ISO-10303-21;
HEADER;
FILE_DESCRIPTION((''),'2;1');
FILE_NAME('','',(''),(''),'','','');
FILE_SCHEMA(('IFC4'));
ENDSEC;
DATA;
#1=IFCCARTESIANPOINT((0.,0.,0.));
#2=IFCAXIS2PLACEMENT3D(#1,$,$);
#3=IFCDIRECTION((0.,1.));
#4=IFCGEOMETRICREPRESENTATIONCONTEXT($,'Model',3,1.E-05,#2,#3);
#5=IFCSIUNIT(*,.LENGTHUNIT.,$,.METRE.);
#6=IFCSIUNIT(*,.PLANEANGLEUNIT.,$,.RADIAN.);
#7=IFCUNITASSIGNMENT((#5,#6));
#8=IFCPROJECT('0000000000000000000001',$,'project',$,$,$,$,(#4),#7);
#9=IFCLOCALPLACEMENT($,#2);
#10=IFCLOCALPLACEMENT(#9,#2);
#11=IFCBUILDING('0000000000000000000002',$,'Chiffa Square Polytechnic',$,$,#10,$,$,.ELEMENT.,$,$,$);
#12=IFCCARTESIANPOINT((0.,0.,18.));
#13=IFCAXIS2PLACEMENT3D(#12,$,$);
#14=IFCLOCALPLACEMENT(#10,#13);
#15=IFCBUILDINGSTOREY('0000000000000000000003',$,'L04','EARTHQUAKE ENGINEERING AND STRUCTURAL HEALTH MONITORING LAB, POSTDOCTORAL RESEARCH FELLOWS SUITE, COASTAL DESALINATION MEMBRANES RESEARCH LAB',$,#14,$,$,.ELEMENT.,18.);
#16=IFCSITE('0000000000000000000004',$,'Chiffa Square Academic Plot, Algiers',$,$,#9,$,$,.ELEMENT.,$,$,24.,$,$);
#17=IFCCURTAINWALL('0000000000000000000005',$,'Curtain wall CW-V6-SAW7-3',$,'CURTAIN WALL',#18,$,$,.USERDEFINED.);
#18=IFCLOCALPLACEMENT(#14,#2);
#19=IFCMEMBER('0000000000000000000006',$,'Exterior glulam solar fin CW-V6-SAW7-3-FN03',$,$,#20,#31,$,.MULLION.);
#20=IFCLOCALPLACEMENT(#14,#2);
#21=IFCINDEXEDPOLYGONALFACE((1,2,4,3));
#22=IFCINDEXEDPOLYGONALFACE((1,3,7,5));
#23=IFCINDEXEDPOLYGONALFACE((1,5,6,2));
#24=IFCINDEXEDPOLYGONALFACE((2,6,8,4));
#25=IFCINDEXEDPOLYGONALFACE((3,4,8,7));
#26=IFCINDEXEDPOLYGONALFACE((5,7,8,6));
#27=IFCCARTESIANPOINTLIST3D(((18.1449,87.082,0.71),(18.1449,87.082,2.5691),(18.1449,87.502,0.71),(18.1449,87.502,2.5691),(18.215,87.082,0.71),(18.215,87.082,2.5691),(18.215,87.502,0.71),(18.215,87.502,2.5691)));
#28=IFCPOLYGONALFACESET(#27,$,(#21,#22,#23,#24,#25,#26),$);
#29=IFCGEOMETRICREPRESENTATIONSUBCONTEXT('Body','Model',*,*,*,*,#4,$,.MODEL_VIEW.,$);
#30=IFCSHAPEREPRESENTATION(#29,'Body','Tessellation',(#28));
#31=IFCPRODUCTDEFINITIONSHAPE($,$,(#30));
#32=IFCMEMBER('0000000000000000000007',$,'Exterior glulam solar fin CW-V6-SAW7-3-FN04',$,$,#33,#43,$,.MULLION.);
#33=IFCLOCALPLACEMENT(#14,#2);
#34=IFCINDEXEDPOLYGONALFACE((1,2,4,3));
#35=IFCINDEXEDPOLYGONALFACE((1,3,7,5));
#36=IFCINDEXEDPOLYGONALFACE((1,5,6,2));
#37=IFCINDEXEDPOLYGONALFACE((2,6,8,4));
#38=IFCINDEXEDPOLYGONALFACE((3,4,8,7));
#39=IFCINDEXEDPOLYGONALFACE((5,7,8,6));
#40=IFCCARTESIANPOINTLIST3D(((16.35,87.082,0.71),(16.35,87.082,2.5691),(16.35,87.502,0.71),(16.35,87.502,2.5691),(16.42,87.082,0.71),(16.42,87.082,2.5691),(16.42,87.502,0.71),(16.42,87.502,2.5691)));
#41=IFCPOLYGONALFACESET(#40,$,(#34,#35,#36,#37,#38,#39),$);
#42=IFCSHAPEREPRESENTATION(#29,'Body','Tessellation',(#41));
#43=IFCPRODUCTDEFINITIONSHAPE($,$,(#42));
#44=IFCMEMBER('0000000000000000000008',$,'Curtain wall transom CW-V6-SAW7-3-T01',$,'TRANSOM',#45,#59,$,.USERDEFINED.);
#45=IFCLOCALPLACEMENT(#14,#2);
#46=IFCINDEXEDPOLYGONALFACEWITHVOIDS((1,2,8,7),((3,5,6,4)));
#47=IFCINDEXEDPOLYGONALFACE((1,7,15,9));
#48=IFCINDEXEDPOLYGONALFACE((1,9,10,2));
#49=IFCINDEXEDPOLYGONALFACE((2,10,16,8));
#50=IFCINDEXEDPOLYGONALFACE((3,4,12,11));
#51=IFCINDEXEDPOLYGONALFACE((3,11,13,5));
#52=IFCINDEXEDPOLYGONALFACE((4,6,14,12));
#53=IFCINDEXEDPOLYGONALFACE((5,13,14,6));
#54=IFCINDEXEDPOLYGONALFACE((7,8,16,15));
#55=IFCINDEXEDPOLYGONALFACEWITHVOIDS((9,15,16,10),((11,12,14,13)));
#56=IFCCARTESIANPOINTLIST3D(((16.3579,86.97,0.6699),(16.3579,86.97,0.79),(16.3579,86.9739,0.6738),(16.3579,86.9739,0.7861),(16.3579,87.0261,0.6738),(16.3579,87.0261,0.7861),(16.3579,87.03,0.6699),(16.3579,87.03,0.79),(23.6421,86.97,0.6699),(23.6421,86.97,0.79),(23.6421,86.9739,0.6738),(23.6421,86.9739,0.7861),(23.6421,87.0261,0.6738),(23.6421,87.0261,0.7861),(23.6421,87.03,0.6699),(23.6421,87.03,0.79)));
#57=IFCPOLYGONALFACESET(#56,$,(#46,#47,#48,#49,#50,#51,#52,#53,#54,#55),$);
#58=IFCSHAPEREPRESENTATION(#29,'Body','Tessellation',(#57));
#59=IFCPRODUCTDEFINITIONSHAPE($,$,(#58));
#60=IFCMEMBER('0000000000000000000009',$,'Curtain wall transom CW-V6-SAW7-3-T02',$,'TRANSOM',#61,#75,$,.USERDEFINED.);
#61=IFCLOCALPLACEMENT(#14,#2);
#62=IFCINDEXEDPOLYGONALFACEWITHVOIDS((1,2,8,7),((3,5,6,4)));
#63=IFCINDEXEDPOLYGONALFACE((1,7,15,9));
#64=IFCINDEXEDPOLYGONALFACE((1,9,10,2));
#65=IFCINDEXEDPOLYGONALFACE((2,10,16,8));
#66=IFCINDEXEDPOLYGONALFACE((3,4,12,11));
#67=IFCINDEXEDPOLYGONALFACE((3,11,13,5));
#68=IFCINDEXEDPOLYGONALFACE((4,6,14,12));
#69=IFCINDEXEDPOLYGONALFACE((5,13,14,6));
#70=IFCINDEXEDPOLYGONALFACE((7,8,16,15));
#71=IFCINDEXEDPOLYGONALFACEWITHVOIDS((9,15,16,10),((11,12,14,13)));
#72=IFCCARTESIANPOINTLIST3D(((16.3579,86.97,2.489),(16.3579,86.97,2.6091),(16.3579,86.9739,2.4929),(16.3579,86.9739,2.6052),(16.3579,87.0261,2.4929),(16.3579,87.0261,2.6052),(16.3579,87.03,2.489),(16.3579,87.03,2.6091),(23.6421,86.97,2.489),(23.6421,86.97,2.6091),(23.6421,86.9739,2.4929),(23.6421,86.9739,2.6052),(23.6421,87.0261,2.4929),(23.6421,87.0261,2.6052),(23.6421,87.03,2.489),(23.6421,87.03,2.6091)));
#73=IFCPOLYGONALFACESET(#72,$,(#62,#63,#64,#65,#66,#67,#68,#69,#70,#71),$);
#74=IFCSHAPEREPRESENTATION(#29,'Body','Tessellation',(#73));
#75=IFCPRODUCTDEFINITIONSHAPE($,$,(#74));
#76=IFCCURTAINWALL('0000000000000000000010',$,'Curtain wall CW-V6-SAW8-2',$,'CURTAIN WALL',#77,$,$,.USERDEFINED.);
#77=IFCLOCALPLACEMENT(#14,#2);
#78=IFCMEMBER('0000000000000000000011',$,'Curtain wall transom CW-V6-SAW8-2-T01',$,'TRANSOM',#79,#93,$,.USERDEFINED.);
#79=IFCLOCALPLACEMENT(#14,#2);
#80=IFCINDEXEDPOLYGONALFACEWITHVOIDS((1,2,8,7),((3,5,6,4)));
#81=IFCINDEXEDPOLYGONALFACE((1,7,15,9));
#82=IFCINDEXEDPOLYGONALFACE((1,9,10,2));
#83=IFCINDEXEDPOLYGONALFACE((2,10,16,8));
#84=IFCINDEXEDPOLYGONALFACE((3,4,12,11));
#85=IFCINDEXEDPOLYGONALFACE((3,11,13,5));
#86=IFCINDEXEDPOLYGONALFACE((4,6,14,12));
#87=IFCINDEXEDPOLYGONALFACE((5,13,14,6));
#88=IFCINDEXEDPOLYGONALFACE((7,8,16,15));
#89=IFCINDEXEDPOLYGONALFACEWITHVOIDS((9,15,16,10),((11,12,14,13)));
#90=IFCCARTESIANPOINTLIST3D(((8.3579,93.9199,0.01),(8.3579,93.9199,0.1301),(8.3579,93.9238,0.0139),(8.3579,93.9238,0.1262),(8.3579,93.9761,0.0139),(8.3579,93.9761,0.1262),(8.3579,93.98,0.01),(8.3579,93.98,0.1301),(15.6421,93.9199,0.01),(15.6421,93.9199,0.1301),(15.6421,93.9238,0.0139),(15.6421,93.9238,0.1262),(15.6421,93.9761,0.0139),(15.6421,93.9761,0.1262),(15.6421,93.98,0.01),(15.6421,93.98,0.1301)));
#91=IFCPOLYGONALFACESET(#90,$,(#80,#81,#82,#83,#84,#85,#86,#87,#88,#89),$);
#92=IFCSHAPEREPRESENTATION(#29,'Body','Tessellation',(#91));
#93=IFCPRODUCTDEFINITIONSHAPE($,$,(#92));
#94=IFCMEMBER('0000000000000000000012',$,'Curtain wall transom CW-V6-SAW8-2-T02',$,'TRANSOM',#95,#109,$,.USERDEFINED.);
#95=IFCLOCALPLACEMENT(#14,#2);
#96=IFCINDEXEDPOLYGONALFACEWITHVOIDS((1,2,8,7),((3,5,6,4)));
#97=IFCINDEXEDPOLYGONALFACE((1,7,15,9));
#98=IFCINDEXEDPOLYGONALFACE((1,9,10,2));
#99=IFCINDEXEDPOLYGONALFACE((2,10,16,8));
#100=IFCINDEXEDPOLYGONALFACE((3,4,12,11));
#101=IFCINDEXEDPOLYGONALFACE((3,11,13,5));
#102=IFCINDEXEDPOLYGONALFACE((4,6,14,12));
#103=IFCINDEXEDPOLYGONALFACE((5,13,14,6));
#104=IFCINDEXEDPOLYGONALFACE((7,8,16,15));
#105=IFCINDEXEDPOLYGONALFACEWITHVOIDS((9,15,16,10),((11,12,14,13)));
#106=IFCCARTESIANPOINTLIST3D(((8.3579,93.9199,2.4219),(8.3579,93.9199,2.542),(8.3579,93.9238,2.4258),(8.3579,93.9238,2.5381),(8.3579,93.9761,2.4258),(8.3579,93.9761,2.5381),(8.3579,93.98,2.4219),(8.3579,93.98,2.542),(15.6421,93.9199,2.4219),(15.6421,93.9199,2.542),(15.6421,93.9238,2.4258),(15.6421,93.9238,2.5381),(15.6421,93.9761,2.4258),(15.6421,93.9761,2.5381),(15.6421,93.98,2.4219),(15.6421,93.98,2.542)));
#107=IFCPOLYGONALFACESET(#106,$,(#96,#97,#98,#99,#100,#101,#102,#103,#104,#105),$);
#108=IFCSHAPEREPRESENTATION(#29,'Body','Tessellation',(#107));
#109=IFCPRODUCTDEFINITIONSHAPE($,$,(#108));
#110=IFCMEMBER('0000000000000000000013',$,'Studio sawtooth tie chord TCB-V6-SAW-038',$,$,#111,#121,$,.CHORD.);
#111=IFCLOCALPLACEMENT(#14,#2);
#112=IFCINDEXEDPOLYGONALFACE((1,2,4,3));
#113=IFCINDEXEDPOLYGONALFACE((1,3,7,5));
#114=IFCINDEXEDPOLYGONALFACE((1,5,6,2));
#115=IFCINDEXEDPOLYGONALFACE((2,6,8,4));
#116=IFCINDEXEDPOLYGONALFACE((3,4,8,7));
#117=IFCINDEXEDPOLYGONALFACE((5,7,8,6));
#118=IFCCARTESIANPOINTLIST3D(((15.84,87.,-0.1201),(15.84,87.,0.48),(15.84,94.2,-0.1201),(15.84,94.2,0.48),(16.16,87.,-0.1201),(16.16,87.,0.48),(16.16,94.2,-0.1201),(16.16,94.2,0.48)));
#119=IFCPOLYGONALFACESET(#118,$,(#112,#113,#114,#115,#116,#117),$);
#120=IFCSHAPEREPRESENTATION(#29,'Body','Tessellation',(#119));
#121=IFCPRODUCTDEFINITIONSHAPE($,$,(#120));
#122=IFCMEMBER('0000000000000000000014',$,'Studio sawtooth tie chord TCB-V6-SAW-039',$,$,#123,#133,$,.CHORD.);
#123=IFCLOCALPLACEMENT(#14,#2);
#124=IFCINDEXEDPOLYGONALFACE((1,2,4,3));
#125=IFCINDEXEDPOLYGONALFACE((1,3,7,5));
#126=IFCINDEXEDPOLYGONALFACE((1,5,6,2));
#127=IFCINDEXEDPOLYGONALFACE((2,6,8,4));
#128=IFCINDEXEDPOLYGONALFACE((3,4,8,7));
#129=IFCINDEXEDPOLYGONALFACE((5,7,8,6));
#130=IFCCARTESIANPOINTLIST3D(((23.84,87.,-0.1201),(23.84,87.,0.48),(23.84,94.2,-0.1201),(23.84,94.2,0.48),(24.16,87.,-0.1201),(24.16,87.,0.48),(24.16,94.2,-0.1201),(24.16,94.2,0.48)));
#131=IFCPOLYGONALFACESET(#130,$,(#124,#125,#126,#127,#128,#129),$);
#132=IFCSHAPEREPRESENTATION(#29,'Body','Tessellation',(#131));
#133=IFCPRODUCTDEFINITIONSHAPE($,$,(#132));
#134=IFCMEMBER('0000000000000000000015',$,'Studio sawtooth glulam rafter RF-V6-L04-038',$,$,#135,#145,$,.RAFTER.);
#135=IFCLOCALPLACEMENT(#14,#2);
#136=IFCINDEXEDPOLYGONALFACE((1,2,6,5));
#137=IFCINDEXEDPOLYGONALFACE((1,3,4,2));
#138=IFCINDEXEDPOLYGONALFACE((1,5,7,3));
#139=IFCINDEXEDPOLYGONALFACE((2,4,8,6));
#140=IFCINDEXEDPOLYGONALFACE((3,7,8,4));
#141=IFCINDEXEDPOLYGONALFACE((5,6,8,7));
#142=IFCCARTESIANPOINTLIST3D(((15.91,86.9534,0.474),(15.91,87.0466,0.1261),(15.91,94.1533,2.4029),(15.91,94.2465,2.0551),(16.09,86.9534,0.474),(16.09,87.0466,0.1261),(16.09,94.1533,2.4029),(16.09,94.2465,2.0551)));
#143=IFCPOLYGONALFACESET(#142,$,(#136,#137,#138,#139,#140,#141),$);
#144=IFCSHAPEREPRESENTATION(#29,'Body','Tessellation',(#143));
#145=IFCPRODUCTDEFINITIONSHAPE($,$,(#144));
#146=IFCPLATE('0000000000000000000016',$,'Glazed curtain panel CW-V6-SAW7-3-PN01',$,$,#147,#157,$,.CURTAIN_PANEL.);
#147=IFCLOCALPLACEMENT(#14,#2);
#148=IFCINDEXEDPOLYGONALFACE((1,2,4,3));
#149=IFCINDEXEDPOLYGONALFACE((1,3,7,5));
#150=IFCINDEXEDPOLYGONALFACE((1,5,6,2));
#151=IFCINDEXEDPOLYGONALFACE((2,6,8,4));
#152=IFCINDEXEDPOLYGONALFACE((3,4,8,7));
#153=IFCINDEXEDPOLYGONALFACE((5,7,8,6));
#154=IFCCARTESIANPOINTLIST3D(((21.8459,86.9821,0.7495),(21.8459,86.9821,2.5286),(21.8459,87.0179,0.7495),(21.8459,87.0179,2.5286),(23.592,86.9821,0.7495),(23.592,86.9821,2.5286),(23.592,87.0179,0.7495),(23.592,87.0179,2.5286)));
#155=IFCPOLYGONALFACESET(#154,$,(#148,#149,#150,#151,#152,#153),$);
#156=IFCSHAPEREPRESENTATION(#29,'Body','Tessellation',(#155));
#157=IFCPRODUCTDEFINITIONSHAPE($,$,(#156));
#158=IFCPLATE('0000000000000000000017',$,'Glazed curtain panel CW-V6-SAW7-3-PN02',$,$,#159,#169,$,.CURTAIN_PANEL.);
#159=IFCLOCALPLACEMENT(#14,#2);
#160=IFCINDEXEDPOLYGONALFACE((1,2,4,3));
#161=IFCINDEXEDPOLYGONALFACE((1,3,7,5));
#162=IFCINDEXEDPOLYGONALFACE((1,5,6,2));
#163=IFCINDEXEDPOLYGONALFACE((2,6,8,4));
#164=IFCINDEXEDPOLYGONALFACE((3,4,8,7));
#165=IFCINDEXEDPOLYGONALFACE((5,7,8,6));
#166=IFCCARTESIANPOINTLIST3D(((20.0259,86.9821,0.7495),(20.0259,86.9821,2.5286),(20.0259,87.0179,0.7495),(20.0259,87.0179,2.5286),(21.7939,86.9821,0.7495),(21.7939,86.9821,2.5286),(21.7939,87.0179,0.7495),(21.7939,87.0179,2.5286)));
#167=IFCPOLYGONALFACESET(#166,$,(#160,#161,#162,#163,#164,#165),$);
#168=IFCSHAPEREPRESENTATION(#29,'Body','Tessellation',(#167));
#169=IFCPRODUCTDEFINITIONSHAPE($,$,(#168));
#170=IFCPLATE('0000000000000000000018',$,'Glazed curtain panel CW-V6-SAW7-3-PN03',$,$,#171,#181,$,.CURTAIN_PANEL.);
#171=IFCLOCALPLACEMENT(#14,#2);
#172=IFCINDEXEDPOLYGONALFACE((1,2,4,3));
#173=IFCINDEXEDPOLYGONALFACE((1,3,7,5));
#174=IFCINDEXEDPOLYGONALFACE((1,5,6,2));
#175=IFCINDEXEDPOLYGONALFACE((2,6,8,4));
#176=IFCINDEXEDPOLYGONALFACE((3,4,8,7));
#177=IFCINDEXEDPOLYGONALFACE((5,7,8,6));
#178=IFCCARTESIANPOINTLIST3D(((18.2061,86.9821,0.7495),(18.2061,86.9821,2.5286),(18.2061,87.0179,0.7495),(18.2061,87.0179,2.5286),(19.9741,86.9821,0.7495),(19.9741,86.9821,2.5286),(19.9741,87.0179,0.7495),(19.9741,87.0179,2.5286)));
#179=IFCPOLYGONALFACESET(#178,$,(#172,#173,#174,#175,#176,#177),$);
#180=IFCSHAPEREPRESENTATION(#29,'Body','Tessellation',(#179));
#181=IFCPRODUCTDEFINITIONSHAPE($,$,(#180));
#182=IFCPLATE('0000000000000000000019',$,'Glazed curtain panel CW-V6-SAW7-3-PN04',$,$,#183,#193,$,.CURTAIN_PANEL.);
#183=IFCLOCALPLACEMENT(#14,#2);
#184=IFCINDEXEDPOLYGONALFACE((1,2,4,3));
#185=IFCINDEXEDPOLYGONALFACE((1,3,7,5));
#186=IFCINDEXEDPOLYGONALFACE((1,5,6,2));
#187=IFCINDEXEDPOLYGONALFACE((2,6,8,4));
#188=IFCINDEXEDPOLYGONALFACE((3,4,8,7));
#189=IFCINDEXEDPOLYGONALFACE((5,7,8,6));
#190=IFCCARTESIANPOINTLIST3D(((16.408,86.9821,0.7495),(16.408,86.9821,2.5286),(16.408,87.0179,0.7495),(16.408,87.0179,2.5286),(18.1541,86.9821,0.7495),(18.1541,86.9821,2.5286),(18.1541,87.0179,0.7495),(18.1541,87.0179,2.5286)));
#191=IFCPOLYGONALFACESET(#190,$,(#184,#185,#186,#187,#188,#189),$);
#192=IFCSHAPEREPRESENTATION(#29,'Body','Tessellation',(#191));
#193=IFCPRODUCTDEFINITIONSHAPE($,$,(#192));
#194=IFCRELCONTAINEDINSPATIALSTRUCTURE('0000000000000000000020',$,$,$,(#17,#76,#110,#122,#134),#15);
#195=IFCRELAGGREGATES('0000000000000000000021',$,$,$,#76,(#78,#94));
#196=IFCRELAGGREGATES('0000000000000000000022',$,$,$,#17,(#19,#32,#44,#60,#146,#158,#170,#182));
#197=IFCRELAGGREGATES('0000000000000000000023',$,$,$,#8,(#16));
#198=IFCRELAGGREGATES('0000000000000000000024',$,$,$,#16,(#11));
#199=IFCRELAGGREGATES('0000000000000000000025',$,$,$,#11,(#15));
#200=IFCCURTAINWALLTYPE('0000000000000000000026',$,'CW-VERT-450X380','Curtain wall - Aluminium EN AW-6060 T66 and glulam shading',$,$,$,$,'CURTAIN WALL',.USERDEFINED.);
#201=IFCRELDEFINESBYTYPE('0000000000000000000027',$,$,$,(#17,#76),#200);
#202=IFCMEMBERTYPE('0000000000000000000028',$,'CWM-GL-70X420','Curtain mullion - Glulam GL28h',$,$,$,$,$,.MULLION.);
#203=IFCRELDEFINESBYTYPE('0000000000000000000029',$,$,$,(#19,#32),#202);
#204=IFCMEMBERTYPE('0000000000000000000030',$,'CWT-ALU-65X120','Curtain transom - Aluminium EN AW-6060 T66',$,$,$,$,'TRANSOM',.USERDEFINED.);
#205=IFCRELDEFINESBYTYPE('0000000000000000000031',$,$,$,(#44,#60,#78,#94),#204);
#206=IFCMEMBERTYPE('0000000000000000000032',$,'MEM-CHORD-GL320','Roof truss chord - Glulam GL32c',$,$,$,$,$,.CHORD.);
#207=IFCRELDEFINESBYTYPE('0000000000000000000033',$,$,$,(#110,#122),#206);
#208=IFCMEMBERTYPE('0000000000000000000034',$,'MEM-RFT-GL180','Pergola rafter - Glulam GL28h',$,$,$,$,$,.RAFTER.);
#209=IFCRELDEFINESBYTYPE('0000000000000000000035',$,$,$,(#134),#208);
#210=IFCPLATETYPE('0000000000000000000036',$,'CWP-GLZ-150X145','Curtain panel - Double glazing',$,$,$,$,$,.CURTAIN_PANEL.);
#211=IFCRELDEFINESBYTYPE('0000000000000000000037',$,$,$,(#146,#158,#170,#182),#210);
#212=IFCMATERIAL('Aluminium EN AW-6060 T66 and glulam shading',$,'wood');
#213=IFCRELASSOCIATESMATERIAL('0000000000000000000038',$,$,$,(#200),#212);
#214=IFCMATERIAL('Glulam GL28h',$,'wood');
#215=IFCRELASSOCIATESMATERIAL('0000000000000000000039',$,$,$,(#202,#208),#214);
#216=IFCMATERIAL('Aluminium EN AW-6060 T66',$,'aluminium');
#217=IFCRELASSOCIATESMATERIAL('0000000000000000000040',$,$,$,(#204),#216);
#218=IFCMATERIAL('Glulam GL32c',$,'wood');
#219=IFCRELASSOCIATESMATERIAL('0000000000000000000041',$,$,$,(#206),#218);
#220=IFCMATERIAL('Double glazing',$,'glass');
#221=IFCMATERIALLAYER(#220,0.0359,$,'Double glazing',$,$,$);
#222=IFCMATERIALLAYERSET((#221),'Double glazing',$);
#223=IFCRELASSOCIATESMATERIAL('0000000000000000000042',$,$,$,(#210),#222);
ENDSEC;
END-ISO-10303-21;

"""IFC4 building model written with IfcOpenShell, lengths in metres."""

from ifc_helpers import new_model, si_unit, direction, frame, origin, origin_2d, place, context, subcontext, project, spatial, rectangle, hollow_rectangle, extrude, material, layer, layer_set, material_profile, profile_set, type_object, element, aggregate, save


model = new_model("IFC4")

# Units and contexts
model_context = context("Model", 3, precision=1e-05, world=origin(), true_north=direction((0.0, 1.0)))
body_context = subcontext(model_context, "Body", "Model", "MODEL_VIEW")
ifc_project = project(units=[si_unit("LENGTHUNIT", "METRE"), si_unit("PLANEANGLEUNIT", "RADIAN")], contexts=[model_context])

# Site, building, storey
site_placement = place(None, origin())
site = spatial("IfcSite", under=ifc_project, at=site_placement, Name="Chiffa Square Academic Plot, Algiers", CompositionType="ELEMENT", RefElevation=24.0)
building_placement = place(site_placement, origin())
building = spatial("IfcBuilding", under=site, at=building_placement, Name="Chiffa Square Polytechnic", CompositionType="ELEMENT")
storey_placement = place(building_placement, frame((0.0, 0.0, 18.0)))
storey = spatial("IfcBuildingStorey", under=building, at=storey_placement, Name="L04", Description="EARTHQUAKE ENGINEERING AND STRUCTURAL HEALTH MONITORING LAB, POSTDOCTORAL RESEARCH FELLOWS SUITE, COASTAL DESALINATION MEMBRANES RESEARCH LAB", CompositionType="ELEMENT", Elevation=18.0)

# Shared definitions
ifc_material_1 = material(Name="Glulam GL32c", Category="wood")

# Curtain wall
ifc_material_2 = material(Name="Aluminium EN AW-6060 T66 and glulam shading", Category="wood")
curtain_wall_type_1 = type_object("IfcCurtainWallType", Name="CW-VERT-450X380", Description="Curtain wall - Aluminium EN AW-6060 T66 and glulam shading", ElementType="CURTAIN WALL", PredefinedType="USERDEFINED", material=ifc_material_2)
curtain_wall_1_placement = place(storey_placement, origin())
curtain_wall_1 = element("IfcCurtainWall", 1, at=curtain_wall_1_placement, inside=storey, type_object=curtain_wall_type_1, Name="Curtain wall CW-V6-SAW7-3", ObjectType="CURTAIN WALL", PredefinedType="USERDEFINED")
ifc_material_3 = material(Name="Aluminium EN AW-6060 T66", Category="aluminium")

# Members
ifc_material_4 = material(Name="Glulam GL28h", Category="wood")
ifc_material_profile_1 = material_profile(ifc_material_4, rectangle(XDim=0.0701, YDim=0.4199, at=origin_2d()), Name="GL28h 70x420")
ifc_profile_set_1 = profile_set([ifc_material_profile_1], Name="Glulam GL28h")
member_type_1 = type_object("IfcMemberType", Name="CWM-GL-70X420", Description="Curtain mullion - Glulam GL28h", PredefinedType="MULLION", material=ifc_profile_set_1)
member_1_placement = place(storey_placement, frame((18.1799, 87.292, 0.71), z_axis=(0.0, 0.0, 1.0), x_axis=(-1.0, 0.0, 0.0)))
member_1 = element("IfcMember", 2, at=member_1_placement, type_object=member_type_1, Name="Exterior glulam solar fin CW-V6-SAW7-3-FN03", PredefinedType="MULLION", context=body_context, shape_type="SweptSolid", body=[
    extrude(rectangle(XDim=0.0701, YDim=0.4199, at=origin_2d()), origin(), (0.0, 0.0, 1.0), 1.8591),
])
member_2_placement = place(storey_placement, frame((16.385, 87.292, 0.71), z_axis=(0.0, 0.0, 1.0), x_axis=(-1.0, 0.0, 0.0)))
member_2 = element("IfcMember", 3, at=member_2_placement, type_object=member_type_1, Name="Exterior glulam solar fin CW-V6-SAW7-3-FN04", PredefinedType="MULLION", context=body_context, shape_type="SweptSolid", body=[
    extrude(rectangle(XDim=0.0701, YDim=0.4199, at=origin_2d()), origin(), (0.0, 0.0, 1.0), 1.8591),
])
ifc_material_profile_2 = material_profile(ifc_material_3, hollow_rectangle(XDim=0.0601, YDim=0.1201, WallThickness=0.0039, at=origin_2d()), Name="ALU 60x120x4")
ifc_profile_set_2 = profile_set([ifc_material_profile_2], Name="Aluminium EN AW-6060 T66")
member_type_2 = type_object("IfcMemberType", Name="CWT-ALU-65X120", Description="Curtain transom - Aluminium EN AW-6060 T66", ElementType="TRANSOM", PredefinedType="USERDEFINED", material=ifc_profile_set_2)
member_3_placement = place(storey_placement, frame((23.6421, 87.0, 0.73), z_axis=(-1.0, 0.0, 0.0), x_axis=(0.0, -1.0, 0.0)))
member_3 = element("IfcMember", 4, at=member_3_placement, type_object=member_type_2, Name="Curtain wall transom CW-V6-SAW7-3-T01", ObjectType="TRANSOM", PredefinedType="USERDEFINED", context=body_context, shape_type="SweptSolid", body=[
    extrude(hollow_rectangle(XDim=0.0601, YDim=0.1201, WallThickness=0.0039, at=origin_2d()), origin(), (0.0, 0.0, 1.0), 7.2842),
])
member_4_placement = place(storey_placement, frame((23.6421, 87.0, 2.5491), z_axis=(-1.0, 0.0, 0.0), x_axis=(0.0, -1.0, 0.0)))
member_4 = element("IfcMember", 5, at=member_4_placement, type_object=member_type_2, Name="Curtain wall transom CW-V6-SAW7-3-T02", ObjectType="TRANSOM", PredefinedType="USERDEFINED", context=body_context, shape_type="SweptSolid", body=[
    extrude(hollow_rectangle(XDim=0.0601, YDim=0.1201, WallThickness=0.0039, at=origin_2d()), origin(), (0.0, 0.0, 1.0), 7.2842),
])

# Curtain wall, members
curtain_wall_2_placement = place(storey_placement, origin())
curtain_wall_2 = element("IfcCurtainWall", 6, at=curtain_wall_2_placement, inside=storey, type_object=curtain_wall_type_1, Name="Curtain wall CW-V6-SAW8-2", ObjectType="CURTAIN WALL", PredefinedType="USERDEFINED")
member_5_placement = place(storey_placement, frame((15.6421, 93.95, 0.0701), z_axis=(-1.0, 0.0, 0.0), x_axis=(0.0, -1.0, 0.0)))
member_5 = element("IfcMember", 7, at=member_5_placement, type_object=member_type_2, Name="Curtain wall transom CW-V6-SAW8-2-T01", ObjectType="TRANSOM", PredefinedType="USERDEFINED", context=body_context, shape_type="SweptSolid", body=[
    extrude(hollow_rectangle(XDim=0.0601, YDim=0.1201, WallThickness=0.0039, at=origin_2d()), origin(), (0.0, 0.0, 1.0), 7.2842),
])
member_6_placement = place(storey_placement, frame((15.6421, 93.95, 2.4819), z_axis=(-1.0, 0.0, 0.0), x_axis=(0.0, -1.0, 0.0)))
member_6 = element("IfcMember", 8, at=member_6_placement, type_object=member_type_2, Name="Curtain wall transom CW-V6-SAW8-2-T02", ObjectType="TRANSOM", PredefinedType="USERDEFINED", context=body_context, shape_type="SweptSolid", body=[
    extrude(hollow_rectangle(XDim=0.0601, YDim=0.1201, WallThickness=0.0039, at=origin_2d()), origin(), (0.0, 0.0, 1.0), 7.2842),
])
aggregate(curtain_wall_2, [member_5, member_6])

# Members
ifc_material_profile_3 = material_profile(ifc_material_1, rectangle(XDim=0.3201, YDim=0.6001, at=origin_2d()), Name="GL32c 320x600")
ifc_profile_set_3 = profile_set([ifc_material_profile_3], Name="Glulam GL32c")
member_type_3 = type_object("IfcMemberType", Name="MEM-CHORD-GL320", Description="Roof truss chord - Glulam GL32c", PredefinedType="CHORD", material=ifc_profile_set_3)
for number, where, z_axis, x_axis, name in (
    (9, (16.0, 87.0, 0.1799), (0.0, 1.0, 0.0), (-1.0, 0.0, 0.0), "Studio sawtooth tie chord TCB-V6-SAW-038"),
    (10, (24.0, 87.0, 0.1799), (0.0, 1.0, 0.0), (-1.0, 0.0, 0.0), "Studio sawtooth tie chord TCB-V6-SAW-039"),
):
    element("IfcMember", number, at=place(storey_placement, frame(where, z_axis=z_axis, x_axis=x_axis)), inside=storey, type_object=member_type_3, Name=name, PredefinedType="CHORD", context=body_context, shape_type="SweptSolid", body=[
        extrude(rectangle(XDim=0.3201, YDim=0.6001, at=origin_2d()), origin(), (0.0, 0.0, 1.0), 7.2),
    ])
ifc_material_profile_4 = material_profile(ifc_material_4, rectangle(XDim=0.1799, YDim=0.3601, at=origin_2d()), Name="GL28h 180x360")
ifc_profile_set_4 = profile_set([ifc_material_profile_4], Name="Glulam GL28h")
member_type_4 = type_object("IfcMemberType", Name="MEM-RFT-GL180", Description="Pergola rafter - Glulam GL28h", PredefinedType="RAFTER", material=ifc_profile_set_4)
member_7_placement = place(storey_placement, frame((16.0, 87.0, 0.3), z_axis=(0.0, 0.965935, 0.258786), x_axis=(-1.0, 0.0, 0.0)))
element("IfcMember", 11, at=member_7_placement, inside=storey, type_object=member_type_4, Name="Studio sawtooth glulam rafter RF-V6-L04-038", PredefinedType="RAFTER", context=body_context, shape_type="SweptSolid", body=[
    extrude(rectangle(XDim=0.1799, YDim=0.3601, at=origin_2d()), origin(), (0.0, 0.0, 1.0), 7.4539),
])

# Plates
ifc_material_5 = material(Name="Double glazing", Category="glass")
ifc_layer_1 = layer(ifc_material_5, 0.0359, Name="Double glazing")
ifc_layer_set_1 = layer_set([ifc_layer_1], Name="Double glazing")
plate_type = type_object("IfcPlateType", Name="CWP-GLZ-150X145", Description="Curtain panel - Double glazing", PredefinedType="CURTAIN_PANEL", material=ifc_layer_set_1)
plate_1_placement = place(storey_placement, frame((22.719, 87.0, 0.7495), z_axis=(0.0, 0.0, 1.0), x_axis=(-1.0, 0.0, 0.0)))
plate_1 = element("IfcPlate", 12, at=plate_1_placement, type_object=plate_type, Name="Glazed curtain panel CW-V6-SAW7-3-PN01", PredefinedType="CURTAIN_PANEL", context=body_context, shape_type="SweptSolid", body=[
    extrude(rectangle(XDim=1.7461, YDim=0.0359, at=origin_2d()), origin(), (0.0, 0.0, 1.0), 1.7791),
])
plate_2_placement = place(storey_placement, frame((20.9099, 87.0, 0.7495), z_axis=(0.0, 0.0, 1.0), x_axis=(-1.0, 0.0, 0.0)))
plate_2 = element("IfcPlate", 13, at=plate_2_placement, type_object=plate_type, Name="Glazed curtain panel CW-V6-SAW7-3-PN02", PredefinedType="CURTAIN_PANEL", context=body_context, shape_type="SweptSolid", body=[
    extrude(rectangle(XDim=1.7681, YDim=0.0359, at=origin_2d()), origin(), (0.0, 0.0, 1.0), 1.7791),
])
plate_3_placement = place(storey_placement, frame((19.0901, 87.0, 0.7495), z_axis=(0.0, 0.0, 1.0), x_axis=(-1.0, 0.0, 0.0)))
plate_3 = element("IfcPlate", 14, at=plate_3_placement, type_object=plate_type, Name="Glazed curtain panel CW-V6-SAW7-3-PN03", PredefinedType="CURTAIN_PANEL", context=body_context, shape_type="SweptSolid", body=[
    extrude(rectangle(XDim=1.7681, YDim=0.0359, at=origin_2d()), origin(), (0.0, 0.0, 1.0), 1.7791),
])
plate_4_placement = place(storey_placement, frame((17.281, 87.0, 0.7495), z_axis=(0.0, 0.0, 1.0), x_axis=(-1.0, 0.0, 0.0)))
plate_4 = element("IfcPlate", 15, at=plate_4_placement, type_object=plate_type, Name="Glazed curtain panel CW-V6-SAW7-3-PN04", PredefinedType="CURTAIN_PANEL", context=body_context, shape_type="SweptSolid", body=[
    extrude(rectangle(XDim=1.7461, YDim=0.0359, at=origin_2d()), origin(), (0.0, 0.0, 1.0), 1.7791),
])
aggregate(curtain_wall_1, [member_1, member_2, member_3, member_4, plate_1, plate_2, plate_3, plate_4])

save(model, "model.ifc")
